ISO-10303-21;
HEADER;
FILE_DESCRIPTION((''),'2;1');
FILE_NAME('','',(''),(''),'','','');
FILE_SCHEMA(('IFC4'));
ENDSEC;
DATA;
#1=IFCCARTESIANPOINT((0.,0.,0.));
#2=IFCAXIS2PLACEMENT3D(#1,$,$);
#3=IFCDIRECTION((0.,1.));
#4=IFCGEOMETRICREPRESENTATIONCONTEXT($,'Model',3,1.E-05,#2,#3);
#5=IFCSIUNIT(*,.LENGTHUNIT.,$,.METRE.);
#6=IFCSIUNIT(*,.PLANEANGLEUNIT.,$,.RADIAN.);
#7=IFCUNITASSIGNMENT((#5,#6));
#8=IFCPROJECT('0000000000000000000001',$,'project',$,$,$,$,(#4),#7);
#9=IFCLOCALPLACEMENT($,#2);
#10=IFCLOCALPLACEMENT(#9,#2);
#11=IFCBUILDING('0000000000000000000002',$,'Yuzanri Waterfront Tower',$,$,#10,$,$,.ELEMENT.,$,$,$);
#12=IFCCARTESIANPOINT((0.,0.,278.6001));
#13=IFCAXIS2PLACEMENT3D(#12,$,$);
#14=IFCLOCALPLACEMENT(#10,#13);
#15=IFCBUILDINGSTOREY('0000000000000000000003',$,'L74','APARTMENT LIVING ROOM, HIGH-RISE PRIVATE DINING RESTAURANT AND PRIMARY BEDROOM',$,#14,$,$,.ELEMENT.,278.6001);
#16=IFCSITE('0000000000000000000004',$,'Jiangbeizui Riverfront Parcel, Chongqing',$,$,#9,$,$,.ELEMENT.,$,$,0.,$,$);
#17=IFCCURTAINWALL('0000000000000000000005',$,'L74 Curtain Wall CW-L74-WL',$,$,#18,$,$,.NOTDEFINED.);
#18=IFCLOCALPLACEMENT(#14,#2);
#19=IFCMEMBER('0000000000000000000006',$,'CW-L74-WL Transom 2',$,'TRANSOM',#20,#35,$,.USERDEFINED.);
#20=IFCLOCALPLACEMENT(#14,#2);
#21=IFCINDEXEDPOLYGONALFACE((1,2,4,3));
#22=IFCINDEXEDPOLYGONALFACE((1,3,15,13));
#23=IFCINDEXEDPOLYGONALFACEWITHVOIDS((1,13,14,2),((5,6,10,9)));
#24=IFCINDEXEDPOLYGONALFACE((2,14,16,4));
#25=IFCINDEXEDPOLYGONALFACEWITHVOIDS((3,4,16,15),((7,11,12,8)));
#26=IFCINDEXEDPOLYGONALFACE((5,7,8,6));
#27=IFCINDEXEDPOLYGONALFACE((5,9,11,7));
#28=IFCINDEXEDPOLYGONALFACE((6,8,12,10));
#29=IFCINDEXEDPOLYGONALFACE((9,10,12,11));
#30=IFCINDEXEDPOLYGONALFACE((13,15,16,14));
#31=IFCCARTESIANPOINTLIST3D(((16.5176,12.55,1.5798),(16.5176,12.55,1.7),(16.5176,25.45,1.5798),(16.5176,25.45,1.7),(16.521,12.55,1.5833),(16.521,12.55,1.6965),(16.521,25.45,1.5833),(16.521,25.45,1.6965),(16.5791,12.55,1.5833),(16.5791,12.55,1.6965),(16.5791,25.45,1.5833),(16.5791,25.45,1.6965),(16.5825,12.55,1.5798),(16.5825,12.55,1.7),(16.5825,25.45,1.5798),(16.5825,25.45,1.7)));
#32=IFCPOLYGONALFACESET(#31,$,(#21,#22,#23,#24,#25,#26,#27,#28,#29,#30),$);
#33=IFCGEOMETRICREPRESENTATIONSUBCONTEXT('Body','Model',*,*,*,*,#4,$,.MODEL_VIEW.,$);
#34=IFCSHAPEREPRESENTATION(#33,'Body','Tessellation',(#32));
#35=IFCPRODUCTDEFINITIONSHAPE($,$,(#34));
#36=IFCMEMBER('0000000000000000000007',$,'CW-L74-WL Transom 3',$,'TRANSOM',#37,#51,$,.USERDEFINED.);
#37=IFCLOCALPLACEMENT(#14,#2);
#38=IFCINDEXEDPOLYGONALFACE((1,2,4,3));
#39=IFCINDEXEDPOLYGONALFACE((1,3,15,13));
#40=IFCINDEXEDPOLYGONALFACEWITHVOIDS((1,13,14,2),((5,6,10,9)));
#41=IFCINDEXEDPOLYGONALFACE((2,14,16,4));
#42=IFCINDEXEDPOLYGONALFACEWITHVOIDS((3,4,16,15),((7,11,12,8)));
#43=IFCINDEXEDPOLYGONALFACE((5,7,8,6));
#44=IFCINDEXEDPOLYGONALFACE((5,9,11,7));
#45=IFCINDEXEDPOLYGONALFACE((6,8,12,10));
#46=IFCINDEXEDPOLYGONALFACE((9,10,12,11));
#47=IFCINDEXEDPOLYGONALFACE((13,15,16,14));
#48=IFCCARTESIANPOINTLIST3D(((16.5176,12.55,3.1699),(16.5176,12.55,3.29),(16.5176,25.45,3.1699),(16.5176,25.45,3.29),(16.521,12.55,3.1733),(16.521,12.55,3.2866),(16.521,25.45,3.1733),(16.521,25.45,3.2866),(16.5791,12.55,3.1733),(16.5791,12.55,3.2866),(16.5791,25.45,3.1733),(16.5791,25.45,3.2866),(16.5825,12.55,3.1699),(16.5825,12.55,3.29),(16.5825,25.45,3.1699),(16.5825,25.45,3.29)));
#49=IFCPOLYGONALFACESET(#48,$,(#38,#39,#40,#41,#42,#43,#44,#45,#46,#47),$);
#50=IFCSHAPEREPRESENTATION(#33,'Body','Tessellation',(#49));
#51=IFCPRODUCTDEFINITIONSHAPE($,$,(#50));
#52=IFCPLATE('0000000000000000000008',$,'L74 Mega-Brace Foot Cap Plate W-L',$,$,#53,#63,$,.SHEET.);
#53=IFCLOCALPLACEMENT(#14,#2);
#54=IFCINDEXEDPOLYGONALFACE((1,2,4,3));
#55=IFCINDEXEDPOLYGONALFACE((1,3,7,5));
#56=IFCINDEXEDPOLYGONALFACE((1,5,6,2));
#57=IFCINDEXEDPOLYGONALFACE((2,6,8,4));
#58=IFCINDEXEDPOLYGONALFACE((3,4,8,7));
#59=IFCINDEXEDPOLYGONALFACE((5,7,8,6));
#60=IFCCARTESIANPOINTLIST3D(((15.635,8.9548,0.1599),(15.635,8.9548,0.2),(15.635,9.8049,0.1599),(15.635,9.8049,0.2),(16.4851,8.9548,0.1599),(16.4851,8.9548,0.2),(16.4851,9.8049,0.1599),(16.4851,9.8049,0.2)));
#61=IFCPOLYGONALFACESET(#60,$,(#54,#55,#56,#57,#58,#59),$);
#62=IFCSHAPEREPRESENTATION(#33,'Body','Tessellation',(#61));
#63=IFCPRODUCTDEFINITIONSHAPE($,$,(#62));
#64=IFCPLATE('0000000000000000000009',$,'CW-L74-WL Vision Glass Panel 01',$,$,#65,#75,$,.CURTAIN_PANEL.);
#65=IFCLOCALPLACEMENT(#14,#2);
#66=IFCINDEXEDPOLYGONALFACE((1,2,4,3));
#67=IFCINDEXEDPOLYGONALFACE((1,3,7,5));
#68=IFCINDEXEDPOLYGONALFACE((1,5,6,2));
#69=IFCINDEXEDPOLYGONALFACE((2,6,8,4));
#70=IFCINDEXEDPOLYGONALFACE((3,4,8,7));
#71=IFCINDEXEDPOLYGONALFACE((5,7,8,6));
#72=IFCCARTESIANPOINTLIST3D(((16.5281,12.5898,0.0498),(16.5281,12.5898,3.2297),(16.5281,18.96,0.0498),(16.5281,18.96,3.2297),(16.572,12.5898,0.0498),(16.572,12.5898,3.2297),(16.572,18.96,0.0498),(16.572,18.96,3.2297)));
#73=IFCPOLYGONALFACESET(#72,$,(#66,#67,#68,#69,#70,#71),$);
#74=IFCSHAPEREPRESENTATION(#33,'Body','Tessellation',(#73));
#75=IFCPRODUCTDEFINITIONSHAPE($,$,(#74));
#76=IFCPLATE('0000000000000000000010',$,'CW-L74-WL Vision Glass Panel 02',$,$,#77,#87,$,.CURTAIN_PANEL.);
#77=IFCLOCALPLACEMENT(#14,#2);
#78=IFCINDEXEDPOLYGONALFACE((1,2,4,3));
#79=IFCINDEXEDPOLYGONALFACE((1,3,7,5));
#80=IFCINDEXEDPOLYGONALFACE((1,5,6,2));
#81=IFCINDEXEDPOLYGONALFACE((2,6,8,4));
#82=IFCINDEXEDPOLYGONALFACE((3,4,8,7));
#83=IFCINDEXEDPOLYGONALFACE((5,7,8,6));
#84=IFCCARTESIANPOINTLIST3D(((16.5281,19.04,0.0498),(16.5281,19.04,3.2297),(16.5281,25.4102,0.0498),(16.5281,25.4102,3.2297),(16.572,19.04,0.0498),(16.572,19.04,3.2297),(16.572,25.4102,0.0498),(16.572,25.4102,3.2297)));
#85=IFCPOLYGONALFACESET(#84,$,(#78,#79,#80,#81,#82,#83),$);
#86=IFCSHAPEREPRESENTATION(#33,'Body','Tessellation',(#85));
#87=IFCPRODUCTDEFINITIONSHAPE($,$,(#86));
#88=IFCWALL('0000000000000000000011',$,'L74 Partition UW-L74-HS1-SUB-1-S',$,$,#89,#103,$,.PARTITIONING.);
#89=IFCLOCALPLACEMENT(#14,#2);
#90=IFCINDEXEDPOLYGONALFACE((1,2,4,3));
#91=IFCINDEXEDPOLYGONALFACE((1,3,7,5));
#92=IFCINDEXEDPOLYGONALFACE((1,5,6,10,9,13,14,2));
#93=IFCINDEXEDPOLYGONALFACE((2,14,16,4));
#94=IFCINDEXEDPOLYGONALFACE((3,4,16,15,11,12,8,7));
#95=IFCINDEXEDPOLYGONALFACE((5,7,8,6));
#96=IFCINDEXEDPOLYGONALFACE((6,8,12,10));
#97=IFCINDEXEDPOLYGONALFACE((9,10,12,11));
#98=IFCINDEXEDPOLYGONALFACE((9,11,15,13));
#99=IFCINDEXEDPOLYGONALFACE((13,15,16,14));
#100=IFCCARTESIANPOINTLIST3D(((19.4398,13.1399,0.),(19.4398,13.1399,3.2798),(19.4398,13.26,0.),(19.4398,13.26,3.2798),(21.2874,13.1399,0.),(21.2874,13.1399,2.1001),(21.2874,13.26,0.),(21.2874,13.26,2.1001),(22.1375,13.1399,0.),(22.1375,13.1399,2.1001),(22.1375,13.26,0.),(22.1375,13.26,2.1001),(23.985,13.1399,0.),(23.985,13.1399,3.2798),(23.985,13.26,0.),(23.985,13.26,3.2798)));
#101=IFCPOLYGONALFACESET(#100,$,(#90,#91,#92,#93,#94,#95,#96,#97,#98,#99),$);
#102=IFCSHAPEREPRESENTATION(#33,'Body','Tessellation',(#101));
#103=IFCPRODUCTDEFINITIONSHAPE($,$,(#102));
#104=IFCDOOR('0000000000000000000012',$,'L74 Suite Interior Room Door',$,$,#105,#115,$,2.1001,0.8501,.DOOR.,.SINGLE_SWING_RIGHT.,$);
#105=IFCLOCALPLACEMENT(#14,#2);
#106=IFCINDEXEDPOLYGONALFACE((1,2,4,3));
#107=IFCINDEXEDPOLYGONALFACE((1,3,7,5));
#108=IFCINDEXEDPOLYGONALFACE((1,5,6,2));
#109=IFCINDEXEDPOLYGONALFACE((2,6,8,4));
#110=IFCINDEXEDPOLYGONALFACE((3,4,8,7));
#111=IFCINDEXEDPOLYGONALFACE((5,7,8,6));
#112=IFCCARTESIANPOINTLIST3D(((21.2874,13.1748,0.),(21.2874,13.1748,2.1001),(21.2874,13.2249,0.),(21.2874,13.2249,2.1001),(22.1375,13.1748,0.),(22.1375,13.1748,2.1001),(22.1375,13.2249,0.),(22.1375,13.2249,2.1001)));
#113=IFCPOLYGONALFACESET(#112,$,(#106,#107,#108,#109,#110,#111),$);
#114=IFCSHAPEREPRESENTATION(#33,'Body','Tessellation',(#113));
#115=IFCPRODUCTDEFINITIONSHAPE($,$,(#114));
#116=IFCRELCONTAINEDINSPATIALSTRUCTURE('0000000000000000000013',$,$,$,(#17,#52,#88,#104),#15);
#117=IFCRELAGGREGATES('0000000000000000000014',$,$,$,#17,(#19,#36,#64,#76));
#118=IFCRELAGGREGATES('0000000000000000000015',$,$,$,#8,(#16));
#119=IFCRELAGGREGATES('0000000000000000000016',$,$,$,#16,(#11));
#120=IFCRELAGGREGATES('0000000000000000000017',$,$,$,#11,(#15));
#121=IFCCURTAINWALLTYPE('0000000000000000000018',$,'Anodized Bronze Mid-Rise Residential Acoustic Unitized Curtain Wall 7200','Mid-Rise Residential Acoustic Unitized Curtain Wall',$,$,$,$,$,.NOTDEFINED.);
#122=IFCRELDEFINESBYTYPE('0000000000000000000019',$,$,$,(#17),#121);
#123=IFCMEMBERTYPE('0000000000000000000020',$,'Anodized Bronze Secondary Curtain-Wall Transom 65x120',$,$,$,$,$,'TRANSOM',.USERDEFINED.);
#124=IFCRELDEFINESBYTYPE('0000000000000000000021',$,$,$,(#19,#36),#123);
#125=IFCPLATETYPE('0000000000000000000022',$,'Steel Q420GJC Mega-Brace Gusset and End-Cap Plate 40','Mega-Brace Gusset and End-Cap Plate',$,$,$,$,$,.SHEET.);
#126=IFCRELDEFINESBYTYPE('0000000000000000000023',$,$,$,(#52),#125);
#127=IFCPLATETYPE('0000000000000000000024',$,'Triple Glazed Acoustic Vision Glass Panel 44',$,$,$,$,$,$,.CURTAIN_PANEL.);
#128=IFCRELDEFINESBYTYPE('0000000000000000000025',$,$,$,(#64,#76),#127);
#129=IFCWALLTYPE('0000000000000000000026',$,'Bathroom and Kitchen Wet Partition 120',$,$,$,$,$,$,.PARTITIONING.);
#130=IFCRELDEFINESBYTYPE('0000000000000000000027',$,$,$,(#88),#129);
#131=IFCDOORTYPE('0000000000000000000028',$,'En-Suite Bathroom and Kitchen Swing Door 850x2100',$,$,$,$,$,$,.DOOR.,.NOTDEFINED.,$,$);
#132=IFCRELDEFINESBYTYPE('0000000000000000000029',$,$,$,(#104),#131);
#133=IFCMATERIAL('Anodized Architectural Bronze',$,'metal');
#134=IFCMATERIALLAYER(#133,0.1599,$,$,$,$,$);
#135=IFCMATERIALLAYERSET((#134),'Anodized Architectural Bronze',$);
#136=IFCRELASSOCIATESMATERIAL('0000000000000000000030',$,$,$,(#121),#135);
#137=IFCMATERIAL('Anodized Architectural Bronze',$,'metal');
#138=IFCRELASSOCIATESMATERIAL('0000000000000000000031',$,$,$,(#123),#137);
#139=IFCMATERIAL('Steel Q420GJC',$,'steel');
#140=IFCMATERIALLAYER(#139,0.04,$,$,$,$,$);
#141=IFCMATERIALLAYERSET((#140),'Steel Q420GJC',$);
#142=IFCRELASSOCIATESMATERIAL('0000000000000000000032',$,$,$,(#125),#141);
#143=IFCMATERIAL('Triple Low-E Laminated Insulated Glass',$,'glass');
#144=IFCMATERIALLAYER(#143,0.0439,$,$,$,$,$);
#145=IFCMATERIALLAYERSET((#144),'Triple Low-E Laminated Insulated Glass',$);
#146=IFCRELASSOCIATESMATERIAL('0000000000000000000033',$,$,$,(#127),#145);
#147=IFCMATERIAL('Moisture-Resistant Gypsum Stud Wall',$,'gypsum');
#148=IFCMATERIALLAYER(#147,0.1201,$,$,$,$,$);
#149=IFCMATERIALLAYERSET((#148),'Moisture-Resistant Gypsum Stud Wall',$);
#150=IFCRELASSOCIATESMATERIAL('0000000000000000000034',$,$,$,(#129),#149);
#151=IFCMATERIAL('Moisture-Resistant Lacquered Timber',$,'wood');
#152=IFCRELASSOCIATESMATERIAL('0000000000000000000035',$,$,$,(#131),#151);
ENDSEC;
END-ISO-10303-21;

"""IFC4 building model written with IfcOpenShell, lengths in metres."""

from ifc_helpers import new_model, si_unit, direction, frame, frame_2d, origin, origin_2d, place, context, subcontext, project, spatial, rectangle, hollow_rectangle, extrude, source, transform, mapped, material, layer, layer_set, material_profile, profile_set, type_object, element, fill, aggregate, save


model = new_model("IFC4")

# Units and contexts
model_context = context("Model", 3, precision=1e-05, world=origin(), true_north=direction((0.0, 1.0)))
body_context = subcontext(model_context, "Body", "Model", "MODEL_VIEW")
ifc_project = project(units=[si_unit("LENGTHUNIT", "METRE"), si_unit("PLANEANGLEUNIT", "RADIAN")], contexts=[model_context])

# Site, building, storey
site_placement = place(None, origin())
site = spatial("IfcSite", under=ifc_project, at=site_placement, Name="Jiangbeizui Riverfront Parcel, Chongqing", CompositionType="ELEMENT", RefElevation=0.0)
building_placement = place(site_placement, origin())
building = spatial("IfcBuilding", under=site, at=building_placement, Name="Yuzanri Waterfront Tower", CompositionType="ELEMENT")
storey_placement = place(building_placement, frame((0.0, 0.0, 278.6001)))
storey = spatial("IfcBuildingStorey", under=building, at=storey_placement, Name="L74", Description="APARTMENT LIVING ROOM, HIGH-RISE PRIVATE DINING RESTAURANT AND PRIMARY BEDROOM", CompositionType="ELEMENT", Elevation=278.6001)

# Curtain wall, members
ifc_material_1 = material(Name="Anodized Architectural Bronze", Category="metal")
ifc_layer_1 = layer(ifc_material_1, 0.1599)
ifc_layer_set_1 = layer_set([ifc_layer_1], Name="Anodized Architectural Bronze")
curtain_wall_type = type_object("IfcCurtainWallType", Name="Anodized Bronze Mid-Rise Residential Acoustic Unitized Curtain Wall 7200", Description="Mid-Rise Residential Acoustic Unitized Curtain Wall", PredefinedType="NOTDEFINED", material=ifc_layer_set_1)
curtain_wall_placement = place(storey_placement, origin())
curtain_wall = element("IfcCurtainWall", 1, at=curtain_wall_placement, inside=storey, type_object=curtain_wall_type, Name="L74 Curtain Wall CW-L74-WL", PredefinedType="NOTDEFINED")
ifc_material_2 = material(Name="Anodized Architectural Bronze", Category="metal")
ifc_material_profile_1 = material_profile(ifc_material_2, hollow_rectangle(XDim=0.0649, YDim=0.1201, WallThickness=0.0034, at=origin_2d()), Name="CWT 65x120")
ifc_profile_set_1 = profile_set([ifc_material_profile_1], Name="Anodized Architectural Bronze")
member_type_1 = type_object("IfcMemberType", Name="Anodized Bronze Secondary Curtain-Wall Transom 65x120", ElementType="TRANSOM", PredefinedType="USERDEFINED", material=ifc_profile_set_1)
shared_shape_1 = source(origin(), body_context, "Body", "SweptSolid", [
    extrude(hollow_rectangle(XDim=0.0649, YDim=0.1201, WallThickness=0.0034, at=origin_2d()), origin(), (0.0, 0.0, 1.0), 12.8999),
])
member_1_placement = place(storey_placement, frame((16.55, 12.55, 1.6399), z_axis=(0.0, 1.0, 0.0), x_axis=(-1.0, 0.0, 0.0)))
member_1 = element("IfcMember", 2, at=member_1_placement, type_object=member_type_1, Name="CW-L74-WL Transom 2", ObjectType="TRANSOM", PredefinedType="USERDEFINED", context=body_context, shape_type="MappedRepresentation", body=[
    mapped(shared_shape_1, transform((0.0, 0.0, 0.0), scale=1.0)),
])
member_2_placement = place(storey_placement, frame((16.55, 12.55, 3.23), z_axis=(0.0, 1.0, 0.0), x_axis=(-1.0, 0.0, 0.0)))
member_2 = element("IfcMember", 3, at=member_2_placement, type_object=member_type_1, Name="CW-L74-WL Transom 3", ObjectType="TRANSOM", PredefinedType="USERDEFINED", context=body_context, shape_type="MappedRepresentation", body=[
    mapped(shared_shape_1, transform((0.0, 0.0, 0.0), scale=1.0)),
])

# Plates
ifc_material_3 = material(Name="Steel Q420GJC", Category="steel")
ifc_layer_2 = layer(ifc_material_3, 0.04)
ifc_layer_set_2 = layer_set([ifc_layer_2], Name="Steel Q420GJC")
plate_type_1 = type_object("IfcPlateType", Name="Steel Q420GJC Mega-Brace Gusset and End-Cap Plate 40", Description="Mega-Brace Gusset and End-Cap Plate", PredefinedType="SHEET", material=ifc_layer_set_2)
shared_shape_2 = source(origin(), body_context, "Body", "SweptSolid", [
    extrude(rectangle(XDim=0.8501, YDim=0.8501, at=origin_2d()), origin(), (0.0, 0.0, 1.0), 0.04),
])
plate_1_placement = place(storey_placement, frame((16.0601, 9.3799, 0.1599), z_axis=(0.0, 0.0, 1.0), x_axis=(1.0, 0.0, 0.0)))
element("IfcPlate", 4, at=plate_1_placement, inside=storey, type_object=plate_type_1, Name="L74 Mega-Brace Foot Cap Plate W-L", PredefinedType="SHEET", context=body_context, shape_type="MappedRepresentation", body=[
    mapped(shared_shape_2, transform((0.0, 0.0, 0.0), scale=1.0)),
])
ifc_material_4 = material(Name="Triple Low-E Laminated Insulated Glass", Category="glass")
ifc_layer_3 = layer(ifc_material_4, 0.0439)
ifc_layer_set_3 = layer_set([ifc_layer_3], Name="Triple Low-E Laminated Insulated Glass")
plate_type_2 = type_object("IfcPlateType", Name="Triple Glazed Acoustic Vision Glass Panel 44", PredefinedType="CURTAIN_PANEL", material=ifc_layer_set_3)
shared_shape_3 = source(origin(), body_context, "Body", "SweptSolid", [
    extrude(rectangle(XDim=6.3701, YDim=0.0439, at=origin_2d()), origin(), (0.0, 0.0, 1.0), 3.1799),
])
plate_2_placement = place(storey_placement, frame((16.55, 15.7749, 0.0498), z_axis=(0.0, 0.0, 1.0), x_axis=(0.0, 1.0, 0.0)))
plate_2 = element("IfcPlate", 5, at=plate_2_placement, type_object=plate_type_2, Name="CW-L74-WL Vision Glass Panel 01", PredefinedType="CURTAIN_PANEL", context=body_context, shape_type="MappedRepresentation", body=[
    mapped(shared_shape_3, transform((0.0, 0.0, 0.0), scale=1.0)),
])
plate_3_placement = place(storey_placement, frame((16.55, 22.2251, 0.0498), z_axis=(0.0, 0.0, 1.0), x_axis=(0.0, 1.0, 0.0)))
plate_3 = element("IfcPlate", 6, at=plate_3_placement, type_object=plate_type_2, Name="CW-L74-WL Vision Glass Panel 02", PredefinedType="CURTAIN_PANEL", context=body_context, shape_type="MappedRepresentation", body=[
    mapped(shared_shape_3, transform((0.0, 0.0, 0.0), scale=1.0)),
])
aggregate(curtain_wall, [member_1, member_2, plate_2, plate_3])

# Wall, opening, door
ifc_material_5 = material(Name="Moisture-Resistant Gypsum Stud Wall", Category="gypsum")
ifc_layer_4 = layer(ifc_material_5, 0.1201)
ifc_layer_set_4 = layer_set([ifc_layer_4], Name="Moisture-Resistant Gypsum Stud Wall")
wall_type_1 = type_object("IfcWallType", Name="Bathroom and Kitchen Wet Partition 120", PredefinedType="PARTITIONING", material=ifc_layer_set_4)
wall_1_placement = place(storey_placement, frame((19.4399, 13.2, 0.0), z_axis=(0.0, 0.0, 1.0), x_axis=(1.0, 0.0, 0.0)))
wall_1 = element("IfcWall", 7, at=wall_1_placement, inside=storey, type_object=wall_type_1, Name="L74 Partition UW-L74-HS1-SUB-1-S", PredefinedType="PARTITIONING", context=body_context, shape_type="SweptSolid", body=[
    extrude(rectangle(XDim=4.5452, YDim=0.1201, at=frame_2d((2.2725, 0.0))), origin(), (0.0, 0.0, 1.0), 3.2798),
])
opening_1_placement = place(wall_1_placement, frame((1.8474, 0.0, 0.0)))
opening_1 = element("IfcOpeningElement", 8, at=opening_1_placement, cuts=wall_1, PredefinedType="OPENING", context=body_context, shape_type="SweptSolid", body=[
    extrude(rectangle(XDim=0.8501, YDim=2.1001, at=frame_2d((0.425, 1.05))), frame((0.0, 0.075, 0.0), z_axis=(0.0, -1.0, 0.0), x_axis=(1.0, 0.0, 0.0)), (0.0, 0.0, 1.0), 0.1499),
])
ifc_material_6 = material(Name="Moisture-Resistant Lacquered Timber", Category="wood")
door_type_1 = type_object("IfcDoorType", Name="En-Suite Bathroom and Kitchen Swing Door 850x2100", OperationType="NOTDEFINED", PredefinedType="DOOR", material=ifc_material_6)
shared_shape_4 = source(origin(), body_context, "Body", "SweptSolid", [
    extrude(rectangle(XDim=0.8501, YDim=2.1001, at=frame_2d((0.425, 1.05))), frame((0.0, 0.0249, 0.0), z_axis=(0.0, -1.0, 0.0), x_axis=(1.0, 0.0, 0.0)), (0.0, 0.0, 1.0), 0.05),
])
door_1_placement = place(opening_1_placement, origin())
door_1 = element("IfcDoor", 9, at=door_1_placement, inside=storey, type_object=door_type_1, Name="L74 Suite Interior Room Door", OperationType="SINGLE_SWING_RIGHT", OverallHeight=2.1001, OverallWidth=0.8501, PredefinedType="DOOR", context=body_context, shape_type="MappedRepresentation", body=[
    mapped(shared_shape_4, transform((0.0, 0.0, 0.0), scale=1.0)),
])
fill(opening_1, door_1)

save(model, "model.ifc")
